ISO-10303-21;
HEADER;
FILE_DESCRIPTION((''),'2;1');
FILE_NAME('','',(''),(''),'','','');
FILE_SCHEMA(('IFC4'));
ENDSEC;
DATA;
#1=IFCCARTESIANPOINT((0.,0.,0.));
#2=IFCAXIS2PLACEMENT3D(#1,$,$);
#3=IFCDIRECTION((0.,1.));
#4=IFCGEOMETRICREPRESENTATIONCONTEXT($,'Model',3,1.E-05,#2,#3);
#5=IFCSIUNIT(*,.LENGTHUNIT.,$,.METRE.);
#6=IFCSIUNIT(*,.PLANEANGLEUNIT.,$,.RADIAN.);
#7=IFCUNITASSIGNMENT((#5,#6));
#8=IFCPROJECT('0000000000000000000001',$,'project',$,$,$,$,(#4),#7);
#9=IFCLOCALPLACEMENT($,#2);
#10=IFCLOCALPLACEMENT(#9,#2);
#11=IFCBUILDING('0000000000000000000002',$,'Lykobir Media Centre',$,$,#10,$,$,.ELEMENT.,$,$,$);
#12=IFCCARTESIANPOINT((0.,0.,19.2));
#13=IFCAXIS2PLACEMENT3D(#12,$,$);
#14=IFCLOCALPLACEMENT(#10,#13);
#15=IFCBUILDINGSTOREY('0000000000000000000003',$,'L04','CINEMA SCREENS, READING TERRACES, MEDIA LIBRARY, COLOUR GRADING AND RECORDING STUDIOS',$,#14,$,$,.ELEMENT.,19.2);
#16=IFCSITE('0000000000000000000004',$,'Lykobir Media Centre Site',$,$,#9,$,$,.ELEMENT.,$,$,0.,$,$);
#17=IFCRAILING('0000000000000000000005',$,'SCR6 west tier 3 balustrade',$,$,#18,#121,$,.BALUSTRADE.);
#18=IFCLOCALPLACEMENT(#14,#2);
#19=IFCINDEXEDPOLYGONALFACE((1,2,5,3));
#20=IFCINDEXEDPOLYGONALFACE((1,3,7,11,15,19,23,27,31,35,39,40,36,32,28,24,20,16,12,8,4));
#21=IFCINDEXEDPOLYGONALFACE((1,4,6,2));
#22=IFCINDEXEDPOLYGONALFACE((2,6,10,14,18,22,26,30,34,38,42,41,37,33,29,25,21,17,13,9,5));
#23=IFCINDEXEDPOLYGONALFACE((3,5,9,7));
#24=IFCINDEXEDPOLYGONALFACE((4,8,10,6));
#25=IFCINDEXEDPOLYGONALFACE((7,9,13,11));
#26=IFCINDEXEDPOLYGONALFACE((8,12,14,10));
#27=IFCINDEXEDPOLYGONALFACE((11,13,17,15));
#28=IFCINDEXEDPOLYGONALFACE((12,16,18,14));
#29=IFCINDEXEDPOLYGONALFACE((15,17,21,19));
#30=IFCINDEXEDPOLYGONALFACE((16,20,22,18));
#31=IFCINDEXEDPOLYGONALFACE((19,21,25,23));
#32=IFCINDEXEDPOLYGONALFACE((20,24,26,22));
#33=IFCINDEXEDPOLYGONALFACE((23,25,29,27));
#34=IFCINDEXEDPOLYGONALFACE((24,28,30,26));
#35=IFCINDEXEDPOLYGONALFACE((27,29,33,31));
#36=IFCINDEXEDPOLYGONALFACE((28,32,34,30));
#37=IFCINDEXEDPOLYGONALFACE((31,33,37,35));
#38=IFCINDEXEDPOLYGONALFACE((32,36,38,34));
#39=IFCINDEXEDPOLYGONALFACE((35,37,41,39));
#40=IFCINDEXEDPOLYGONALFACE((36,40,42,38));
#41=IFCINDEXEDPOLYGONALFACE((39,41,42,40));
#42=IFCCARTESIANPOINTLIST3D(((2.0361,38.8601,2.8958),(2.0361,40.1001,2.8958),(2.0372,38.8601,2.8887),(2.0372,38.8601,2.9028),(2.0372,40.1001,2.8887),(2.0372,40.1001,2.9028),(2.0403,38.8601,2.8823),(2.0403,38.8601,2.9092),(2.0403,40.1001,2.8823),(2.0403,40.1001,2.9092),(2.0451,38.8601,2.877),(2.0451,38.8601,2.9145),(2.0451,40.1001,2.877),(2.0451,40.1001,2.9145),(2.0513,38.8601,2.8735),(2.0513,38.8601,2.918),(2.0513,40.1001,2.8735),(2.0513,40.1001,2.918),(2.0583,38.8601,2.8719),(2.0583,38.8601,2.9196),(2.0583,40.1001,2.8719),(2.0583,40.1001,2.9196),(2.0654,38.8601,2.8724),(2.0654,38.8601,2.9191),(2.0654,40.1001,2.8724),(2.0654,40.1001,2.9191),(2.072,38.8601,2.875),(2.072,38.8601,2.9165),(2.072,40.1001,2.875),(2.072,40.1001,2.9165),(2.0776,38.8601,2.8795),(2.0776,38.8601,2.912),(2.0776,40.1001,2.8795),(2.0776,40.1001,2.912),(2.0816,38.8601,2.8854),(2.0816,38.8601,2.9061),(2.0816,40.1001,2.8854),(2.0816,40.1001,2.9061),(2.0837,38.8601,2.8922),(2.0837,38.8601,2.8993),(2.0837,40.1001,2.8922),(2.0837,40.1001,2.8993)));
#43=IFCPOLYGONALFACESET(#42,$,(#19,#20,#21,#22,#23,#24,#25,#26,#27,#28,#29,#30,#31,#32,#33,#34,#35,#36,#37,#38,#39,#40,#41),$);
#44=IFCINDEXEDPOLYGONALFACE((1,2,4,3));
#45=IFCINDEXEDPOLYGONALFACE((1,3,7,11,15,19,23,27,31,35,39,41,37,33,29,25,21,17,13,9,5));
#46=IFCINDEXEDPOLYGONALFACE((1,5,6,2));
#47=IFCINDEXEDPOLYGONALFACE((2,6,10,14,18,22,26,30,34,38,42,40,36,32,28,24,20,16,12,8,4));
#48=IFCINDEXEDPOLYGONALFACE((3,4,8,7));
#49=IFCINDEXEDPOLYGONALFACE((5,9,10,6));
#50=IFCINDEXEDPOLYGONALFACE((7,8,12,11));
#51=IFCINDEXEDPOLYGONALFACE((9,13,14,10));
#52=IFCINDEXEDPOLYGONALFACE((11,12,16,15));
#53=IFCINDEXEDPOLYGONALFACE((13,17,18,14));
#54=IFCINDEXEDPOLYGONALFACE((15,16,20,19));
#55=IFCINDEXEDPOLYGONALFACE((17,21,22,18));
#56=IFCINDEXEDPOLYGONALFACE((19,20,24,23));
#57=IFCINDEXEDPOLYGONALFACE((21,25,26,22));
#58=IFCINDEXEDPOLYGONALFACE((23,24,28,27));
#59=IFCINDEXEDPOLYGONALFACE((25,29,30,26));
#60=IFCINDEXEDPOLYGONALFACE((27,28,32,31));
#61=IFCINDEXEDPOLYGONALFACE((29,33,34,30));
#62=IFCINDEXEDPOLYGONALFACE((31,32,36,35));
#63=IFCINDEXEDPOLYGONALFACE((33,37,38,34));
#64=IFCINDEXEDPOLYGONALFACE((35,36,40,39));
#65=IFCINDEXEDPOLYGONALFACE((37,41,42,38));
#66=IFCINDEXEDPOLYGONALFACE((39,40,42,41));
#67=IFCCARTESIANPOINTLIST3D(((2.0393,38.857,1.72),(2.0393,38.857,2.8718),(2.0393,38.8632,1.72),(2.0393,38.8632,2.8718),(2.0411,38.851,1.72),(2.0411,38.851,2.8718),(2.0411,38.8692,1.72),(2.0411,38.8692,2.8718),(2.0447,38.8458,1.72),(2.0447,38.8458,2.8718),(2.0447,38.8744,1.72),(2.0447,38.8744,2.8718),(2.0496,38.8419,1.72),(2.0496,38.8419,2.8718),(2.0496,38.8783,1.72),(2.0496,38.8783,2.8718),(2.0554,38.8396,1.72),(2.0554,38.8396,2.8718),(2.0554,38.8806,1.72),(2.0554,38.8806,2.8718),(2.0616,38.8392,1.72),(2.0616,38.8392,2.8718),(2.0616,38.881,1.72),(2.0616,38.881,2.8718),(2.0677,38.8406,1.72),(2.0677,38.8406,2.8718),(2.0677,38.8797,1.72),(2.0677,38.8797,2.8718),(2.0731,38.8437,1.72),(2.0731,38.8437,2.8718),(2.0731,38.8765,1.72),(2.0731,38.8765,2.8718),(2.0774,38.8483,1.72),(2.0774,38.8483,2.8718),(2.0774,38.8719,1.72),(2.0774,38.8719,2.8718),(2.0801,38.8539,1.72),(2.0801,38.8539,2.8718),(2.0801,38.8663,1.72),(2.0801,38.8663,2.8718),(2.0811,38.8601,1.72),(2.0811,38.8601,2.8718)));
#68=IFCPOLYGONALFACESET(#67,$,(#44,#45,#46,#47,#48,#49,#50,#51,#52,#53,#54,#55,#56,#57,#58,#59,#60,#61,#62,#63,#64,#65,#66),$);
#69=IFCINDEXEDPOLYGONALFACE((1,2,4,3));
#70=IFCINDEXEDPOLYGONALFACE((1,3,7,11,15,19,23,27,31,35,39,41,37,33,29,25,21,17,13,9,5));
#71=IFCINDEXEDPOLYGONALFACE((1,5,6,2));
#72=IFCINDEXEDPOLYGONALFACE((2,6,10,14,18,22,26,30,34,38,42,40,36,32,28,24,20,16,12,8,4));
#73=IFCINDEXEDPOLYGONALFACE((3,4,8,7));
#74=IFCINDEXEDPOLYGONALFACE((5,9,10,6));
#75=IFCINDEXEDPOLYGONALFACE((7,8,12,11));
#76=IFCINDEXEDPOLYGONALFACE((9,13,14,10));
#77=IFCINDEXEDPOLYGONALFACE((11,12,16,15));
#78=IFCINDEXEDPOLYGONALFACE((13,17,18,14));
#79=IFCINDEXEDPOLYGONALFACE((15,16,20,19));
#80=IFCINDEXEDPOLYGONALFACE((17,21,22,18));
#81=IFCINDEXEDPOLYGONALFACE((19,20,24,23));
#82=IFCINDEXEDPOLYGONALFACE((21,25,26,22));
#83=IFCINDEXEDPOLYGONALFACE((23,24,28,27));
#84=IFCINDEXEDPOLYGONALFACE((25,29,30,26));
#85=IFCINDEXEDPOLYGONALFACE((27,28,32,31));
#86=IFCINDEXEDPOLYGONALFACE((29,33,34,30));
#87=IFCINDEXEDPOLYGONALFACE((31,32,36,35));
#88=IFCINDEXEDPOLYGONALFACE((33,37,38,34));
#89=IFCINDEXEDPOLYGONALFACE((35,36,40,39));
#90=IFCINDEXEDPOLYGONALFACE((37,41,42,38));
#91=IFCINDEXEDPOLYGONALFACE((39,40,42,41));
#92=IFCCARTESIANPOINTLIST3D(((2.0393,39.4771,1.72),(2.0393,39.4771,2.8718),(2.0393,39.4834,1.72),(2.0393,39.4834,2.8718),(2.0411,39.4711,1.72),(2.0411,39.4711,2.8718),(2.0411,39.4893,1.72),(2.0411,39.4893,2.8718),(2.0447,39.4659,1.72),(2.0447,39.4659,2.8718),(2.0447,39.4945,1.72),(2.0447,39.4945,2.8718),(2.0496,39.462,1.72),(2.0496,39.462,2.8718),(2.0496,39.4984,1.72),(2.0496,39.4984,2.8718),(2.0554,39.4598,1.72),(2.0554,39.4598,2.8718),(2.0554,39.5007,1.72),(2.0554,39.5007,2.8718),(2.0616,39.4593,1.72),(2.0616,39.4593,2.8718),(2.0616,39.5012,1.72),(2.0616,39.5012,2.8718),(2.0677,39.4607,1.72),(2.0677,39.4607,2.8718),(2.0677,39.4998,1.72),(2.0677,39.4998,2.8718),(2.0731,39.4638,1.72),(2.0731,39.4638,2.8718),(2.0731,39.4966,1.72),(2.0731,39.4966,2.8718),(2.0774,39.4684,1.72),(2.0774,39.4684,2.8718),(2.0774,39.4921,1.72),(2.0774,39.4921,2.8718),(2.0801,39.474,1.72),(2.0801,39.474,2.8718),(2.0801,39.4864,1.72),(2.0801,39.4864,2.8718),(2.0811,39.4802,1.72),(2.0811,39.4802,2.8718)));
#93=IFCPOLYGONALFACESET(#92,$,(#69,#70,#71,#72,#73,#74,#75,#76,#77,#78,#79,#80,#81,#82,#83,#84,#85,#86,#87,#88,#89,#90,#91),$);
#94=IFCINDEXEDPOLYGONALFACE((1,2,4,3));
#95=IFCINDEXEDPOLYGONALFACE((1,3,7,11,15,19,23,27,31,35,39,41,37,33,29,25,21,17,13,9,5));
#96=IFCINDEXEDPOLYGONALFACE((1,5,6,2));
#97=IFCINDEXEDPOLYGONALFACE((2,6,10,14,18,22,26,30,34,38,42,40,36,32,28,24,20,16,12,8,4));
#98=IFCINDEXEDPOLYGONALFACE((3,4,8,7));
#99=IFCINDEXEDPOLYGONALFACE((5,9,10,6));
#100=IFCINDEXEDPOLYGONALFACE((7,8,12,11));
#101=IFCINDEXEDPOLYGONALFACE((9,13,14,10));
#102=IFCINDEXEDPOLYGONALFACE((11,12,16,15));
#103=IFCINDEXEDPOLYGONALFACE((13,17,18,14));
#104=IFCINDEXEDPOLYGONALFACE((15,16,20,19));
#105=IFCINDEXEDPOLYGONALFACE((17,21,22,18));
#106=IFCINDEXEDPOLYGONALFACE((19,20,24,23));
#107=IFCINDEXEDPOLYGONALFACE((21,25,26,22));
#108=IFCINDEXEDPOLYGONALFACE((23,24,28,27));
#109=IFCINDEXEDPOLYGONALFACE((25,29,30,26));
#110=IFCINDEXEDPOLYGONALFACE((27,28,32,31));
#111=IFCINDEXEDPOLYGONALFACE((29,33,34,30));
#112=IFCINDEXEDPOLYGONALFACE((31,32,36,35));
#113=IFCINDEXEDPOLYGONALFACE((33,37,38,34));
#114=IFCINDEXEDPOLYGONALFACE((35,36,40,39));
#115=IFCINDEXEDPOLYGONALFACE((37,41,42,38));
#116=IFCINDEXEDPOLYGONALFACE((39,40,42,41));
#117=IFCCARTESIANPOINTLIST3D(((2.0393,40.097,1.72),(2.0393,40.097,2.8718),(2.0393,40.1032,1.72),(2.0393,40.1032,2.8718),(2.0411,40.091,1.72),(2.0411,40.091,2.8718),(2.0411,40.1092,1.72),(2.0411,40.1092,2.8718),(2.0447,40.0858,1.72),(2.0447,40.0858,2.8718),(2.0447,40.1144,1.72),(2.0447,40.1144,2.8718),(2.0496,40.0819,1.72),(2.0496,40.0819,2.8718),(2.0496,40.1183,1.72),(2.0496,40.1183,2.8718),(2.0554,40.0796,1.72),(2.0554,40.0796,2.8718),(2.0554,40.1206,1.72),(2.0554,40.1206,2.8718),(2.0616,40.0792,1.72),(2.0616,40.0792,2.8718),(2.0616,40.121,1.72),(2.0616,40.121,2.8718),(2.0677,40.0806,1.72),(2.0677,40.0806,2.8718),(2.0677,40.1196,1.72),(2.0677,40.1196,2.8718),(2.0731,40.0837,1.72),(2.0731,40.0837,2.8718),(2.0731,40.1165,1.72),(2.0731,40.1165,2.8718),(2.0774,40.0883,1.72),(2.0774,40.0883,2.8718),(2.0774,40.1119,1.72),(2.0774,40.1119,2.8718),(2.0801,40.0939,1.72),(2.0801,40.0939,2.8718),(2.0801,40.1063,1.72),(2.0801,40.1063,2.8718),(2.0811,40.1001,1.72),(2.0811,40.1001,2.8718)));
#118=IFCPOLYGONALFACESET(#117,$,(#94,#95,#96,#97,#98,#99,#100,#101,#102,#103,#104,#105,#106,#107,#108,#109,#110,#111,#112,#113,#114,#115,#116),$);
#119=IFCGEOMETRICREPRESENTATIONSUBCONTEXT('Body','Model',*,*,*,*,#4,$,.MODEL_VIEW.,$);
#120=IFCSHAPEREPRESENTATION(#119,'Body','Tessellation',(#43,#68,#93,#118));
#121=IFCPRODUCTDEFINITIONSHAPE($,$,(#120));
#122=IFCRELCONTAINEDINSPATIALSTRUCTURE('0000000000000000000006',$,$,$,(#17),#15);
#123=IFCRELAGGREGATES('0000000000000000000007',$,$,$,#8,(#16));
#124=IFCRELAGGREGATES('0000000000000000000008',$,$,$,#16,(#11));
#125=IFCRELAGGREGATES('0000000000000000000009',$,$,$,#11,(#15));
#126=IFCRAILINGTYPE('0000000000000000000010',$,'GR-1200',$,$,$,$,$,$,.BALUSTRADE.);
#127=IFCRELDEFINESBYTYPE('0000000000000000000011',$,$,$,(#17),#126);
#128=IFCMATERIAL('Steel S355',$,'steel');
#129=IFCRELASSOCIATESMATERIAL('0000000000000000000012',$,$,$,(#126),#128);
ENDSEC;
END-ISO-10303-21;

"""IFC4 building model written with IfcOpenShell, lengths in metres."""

from ifc_helpers import new_model, si_unit, direction, frame, origin, origin_2d, place, context, subcontext, project, spatial, circle, extrude, material, type_object, element, save


model = new_model("IFC4")

# Units and contexts
model_context = context("Model", 3, precision=1e-05, world=origin(), true_north=direction((0.0, 1.0)))
body_context = subcontext(model_context, "Body", "Model", "MODEL_VIEW")
ifc_project = project(units=[si_unit("LENGTHUNIT", "METRE"), si_unit("PLANEANGLEUNIT", "RADIAN")], contexts=[model_context])

# Site, building, storey
site_placement = place(None, origin())
site = spatial("IfcSite", under=ifc_project, at=site_placement, Name="Lykobir Media Centre Site", CompositionType="ELEMENT", RefElevation=0.0)
building_placement = place(site_placement, origin())
building = spatial("IfcBuilding", under=site, at=building_placement, Name="Lykobir Media Centre", CompositionType="ELEMENT")
storey_placement = place(building_placement, frame((0.0, 0.0, 19.2)))
storey = spatial("IfcBuildingStorey", under=building, at=storey_placement, Name="L04", Description="CINEMA SCREENS, READING TERRACES, MEDIA LIBRARY, COLOUR GRADING AND RECORDING STUDIOS", CompositionType="ELEMENT", Elevation=19.2)

# Shared definitions
ifc_material_1 = material(Name="Steel S355", Category="steel")

# Railing
railing_type = type_object("IfcRailingType", Name="GR-1200", PredefinedType="BALUSTRADE", material=ifc_material_1)
railing_1_placement = place(storey_placement, frame((2.0601, 38.8601, 1.72)))
element("IfcRailing", 1, at=railing_1_placement, inside=storey, type_object=railing_type, Name="SCR6 west tier 3 balustrade", PredefinedType="BALUSTRADE", context=body_context, shape_type="SweptSolid", body=[
    extrude(circle(Radius=0.0239, at=origin_2d()), frame((0.0, 0.0, 1.1758), z_axis=(0.0, 1.0, 0.0), x_axis=(-1.0, 0.0, 0.0)), (0.0, 0.0, 1.0), 1.24),
    extrude(circle(Radius=0.021, at=origin_2d()), origin(), (0.0, 0.0, 1.0), 1.1519),
    extrude(circle(Radius=0.021, at=origin_2d()), frame((0.0, 0.6201, 0.0)), (0.0, 0.0, 1.0), 1.1519),
    extrude(circle(Radius=0.021, at=origin_2d()), frame((0.0, 1.24, 0.0)), (0.0, 0.0, 1.0), 1.1519),
])

save(model, "model.ifc")
